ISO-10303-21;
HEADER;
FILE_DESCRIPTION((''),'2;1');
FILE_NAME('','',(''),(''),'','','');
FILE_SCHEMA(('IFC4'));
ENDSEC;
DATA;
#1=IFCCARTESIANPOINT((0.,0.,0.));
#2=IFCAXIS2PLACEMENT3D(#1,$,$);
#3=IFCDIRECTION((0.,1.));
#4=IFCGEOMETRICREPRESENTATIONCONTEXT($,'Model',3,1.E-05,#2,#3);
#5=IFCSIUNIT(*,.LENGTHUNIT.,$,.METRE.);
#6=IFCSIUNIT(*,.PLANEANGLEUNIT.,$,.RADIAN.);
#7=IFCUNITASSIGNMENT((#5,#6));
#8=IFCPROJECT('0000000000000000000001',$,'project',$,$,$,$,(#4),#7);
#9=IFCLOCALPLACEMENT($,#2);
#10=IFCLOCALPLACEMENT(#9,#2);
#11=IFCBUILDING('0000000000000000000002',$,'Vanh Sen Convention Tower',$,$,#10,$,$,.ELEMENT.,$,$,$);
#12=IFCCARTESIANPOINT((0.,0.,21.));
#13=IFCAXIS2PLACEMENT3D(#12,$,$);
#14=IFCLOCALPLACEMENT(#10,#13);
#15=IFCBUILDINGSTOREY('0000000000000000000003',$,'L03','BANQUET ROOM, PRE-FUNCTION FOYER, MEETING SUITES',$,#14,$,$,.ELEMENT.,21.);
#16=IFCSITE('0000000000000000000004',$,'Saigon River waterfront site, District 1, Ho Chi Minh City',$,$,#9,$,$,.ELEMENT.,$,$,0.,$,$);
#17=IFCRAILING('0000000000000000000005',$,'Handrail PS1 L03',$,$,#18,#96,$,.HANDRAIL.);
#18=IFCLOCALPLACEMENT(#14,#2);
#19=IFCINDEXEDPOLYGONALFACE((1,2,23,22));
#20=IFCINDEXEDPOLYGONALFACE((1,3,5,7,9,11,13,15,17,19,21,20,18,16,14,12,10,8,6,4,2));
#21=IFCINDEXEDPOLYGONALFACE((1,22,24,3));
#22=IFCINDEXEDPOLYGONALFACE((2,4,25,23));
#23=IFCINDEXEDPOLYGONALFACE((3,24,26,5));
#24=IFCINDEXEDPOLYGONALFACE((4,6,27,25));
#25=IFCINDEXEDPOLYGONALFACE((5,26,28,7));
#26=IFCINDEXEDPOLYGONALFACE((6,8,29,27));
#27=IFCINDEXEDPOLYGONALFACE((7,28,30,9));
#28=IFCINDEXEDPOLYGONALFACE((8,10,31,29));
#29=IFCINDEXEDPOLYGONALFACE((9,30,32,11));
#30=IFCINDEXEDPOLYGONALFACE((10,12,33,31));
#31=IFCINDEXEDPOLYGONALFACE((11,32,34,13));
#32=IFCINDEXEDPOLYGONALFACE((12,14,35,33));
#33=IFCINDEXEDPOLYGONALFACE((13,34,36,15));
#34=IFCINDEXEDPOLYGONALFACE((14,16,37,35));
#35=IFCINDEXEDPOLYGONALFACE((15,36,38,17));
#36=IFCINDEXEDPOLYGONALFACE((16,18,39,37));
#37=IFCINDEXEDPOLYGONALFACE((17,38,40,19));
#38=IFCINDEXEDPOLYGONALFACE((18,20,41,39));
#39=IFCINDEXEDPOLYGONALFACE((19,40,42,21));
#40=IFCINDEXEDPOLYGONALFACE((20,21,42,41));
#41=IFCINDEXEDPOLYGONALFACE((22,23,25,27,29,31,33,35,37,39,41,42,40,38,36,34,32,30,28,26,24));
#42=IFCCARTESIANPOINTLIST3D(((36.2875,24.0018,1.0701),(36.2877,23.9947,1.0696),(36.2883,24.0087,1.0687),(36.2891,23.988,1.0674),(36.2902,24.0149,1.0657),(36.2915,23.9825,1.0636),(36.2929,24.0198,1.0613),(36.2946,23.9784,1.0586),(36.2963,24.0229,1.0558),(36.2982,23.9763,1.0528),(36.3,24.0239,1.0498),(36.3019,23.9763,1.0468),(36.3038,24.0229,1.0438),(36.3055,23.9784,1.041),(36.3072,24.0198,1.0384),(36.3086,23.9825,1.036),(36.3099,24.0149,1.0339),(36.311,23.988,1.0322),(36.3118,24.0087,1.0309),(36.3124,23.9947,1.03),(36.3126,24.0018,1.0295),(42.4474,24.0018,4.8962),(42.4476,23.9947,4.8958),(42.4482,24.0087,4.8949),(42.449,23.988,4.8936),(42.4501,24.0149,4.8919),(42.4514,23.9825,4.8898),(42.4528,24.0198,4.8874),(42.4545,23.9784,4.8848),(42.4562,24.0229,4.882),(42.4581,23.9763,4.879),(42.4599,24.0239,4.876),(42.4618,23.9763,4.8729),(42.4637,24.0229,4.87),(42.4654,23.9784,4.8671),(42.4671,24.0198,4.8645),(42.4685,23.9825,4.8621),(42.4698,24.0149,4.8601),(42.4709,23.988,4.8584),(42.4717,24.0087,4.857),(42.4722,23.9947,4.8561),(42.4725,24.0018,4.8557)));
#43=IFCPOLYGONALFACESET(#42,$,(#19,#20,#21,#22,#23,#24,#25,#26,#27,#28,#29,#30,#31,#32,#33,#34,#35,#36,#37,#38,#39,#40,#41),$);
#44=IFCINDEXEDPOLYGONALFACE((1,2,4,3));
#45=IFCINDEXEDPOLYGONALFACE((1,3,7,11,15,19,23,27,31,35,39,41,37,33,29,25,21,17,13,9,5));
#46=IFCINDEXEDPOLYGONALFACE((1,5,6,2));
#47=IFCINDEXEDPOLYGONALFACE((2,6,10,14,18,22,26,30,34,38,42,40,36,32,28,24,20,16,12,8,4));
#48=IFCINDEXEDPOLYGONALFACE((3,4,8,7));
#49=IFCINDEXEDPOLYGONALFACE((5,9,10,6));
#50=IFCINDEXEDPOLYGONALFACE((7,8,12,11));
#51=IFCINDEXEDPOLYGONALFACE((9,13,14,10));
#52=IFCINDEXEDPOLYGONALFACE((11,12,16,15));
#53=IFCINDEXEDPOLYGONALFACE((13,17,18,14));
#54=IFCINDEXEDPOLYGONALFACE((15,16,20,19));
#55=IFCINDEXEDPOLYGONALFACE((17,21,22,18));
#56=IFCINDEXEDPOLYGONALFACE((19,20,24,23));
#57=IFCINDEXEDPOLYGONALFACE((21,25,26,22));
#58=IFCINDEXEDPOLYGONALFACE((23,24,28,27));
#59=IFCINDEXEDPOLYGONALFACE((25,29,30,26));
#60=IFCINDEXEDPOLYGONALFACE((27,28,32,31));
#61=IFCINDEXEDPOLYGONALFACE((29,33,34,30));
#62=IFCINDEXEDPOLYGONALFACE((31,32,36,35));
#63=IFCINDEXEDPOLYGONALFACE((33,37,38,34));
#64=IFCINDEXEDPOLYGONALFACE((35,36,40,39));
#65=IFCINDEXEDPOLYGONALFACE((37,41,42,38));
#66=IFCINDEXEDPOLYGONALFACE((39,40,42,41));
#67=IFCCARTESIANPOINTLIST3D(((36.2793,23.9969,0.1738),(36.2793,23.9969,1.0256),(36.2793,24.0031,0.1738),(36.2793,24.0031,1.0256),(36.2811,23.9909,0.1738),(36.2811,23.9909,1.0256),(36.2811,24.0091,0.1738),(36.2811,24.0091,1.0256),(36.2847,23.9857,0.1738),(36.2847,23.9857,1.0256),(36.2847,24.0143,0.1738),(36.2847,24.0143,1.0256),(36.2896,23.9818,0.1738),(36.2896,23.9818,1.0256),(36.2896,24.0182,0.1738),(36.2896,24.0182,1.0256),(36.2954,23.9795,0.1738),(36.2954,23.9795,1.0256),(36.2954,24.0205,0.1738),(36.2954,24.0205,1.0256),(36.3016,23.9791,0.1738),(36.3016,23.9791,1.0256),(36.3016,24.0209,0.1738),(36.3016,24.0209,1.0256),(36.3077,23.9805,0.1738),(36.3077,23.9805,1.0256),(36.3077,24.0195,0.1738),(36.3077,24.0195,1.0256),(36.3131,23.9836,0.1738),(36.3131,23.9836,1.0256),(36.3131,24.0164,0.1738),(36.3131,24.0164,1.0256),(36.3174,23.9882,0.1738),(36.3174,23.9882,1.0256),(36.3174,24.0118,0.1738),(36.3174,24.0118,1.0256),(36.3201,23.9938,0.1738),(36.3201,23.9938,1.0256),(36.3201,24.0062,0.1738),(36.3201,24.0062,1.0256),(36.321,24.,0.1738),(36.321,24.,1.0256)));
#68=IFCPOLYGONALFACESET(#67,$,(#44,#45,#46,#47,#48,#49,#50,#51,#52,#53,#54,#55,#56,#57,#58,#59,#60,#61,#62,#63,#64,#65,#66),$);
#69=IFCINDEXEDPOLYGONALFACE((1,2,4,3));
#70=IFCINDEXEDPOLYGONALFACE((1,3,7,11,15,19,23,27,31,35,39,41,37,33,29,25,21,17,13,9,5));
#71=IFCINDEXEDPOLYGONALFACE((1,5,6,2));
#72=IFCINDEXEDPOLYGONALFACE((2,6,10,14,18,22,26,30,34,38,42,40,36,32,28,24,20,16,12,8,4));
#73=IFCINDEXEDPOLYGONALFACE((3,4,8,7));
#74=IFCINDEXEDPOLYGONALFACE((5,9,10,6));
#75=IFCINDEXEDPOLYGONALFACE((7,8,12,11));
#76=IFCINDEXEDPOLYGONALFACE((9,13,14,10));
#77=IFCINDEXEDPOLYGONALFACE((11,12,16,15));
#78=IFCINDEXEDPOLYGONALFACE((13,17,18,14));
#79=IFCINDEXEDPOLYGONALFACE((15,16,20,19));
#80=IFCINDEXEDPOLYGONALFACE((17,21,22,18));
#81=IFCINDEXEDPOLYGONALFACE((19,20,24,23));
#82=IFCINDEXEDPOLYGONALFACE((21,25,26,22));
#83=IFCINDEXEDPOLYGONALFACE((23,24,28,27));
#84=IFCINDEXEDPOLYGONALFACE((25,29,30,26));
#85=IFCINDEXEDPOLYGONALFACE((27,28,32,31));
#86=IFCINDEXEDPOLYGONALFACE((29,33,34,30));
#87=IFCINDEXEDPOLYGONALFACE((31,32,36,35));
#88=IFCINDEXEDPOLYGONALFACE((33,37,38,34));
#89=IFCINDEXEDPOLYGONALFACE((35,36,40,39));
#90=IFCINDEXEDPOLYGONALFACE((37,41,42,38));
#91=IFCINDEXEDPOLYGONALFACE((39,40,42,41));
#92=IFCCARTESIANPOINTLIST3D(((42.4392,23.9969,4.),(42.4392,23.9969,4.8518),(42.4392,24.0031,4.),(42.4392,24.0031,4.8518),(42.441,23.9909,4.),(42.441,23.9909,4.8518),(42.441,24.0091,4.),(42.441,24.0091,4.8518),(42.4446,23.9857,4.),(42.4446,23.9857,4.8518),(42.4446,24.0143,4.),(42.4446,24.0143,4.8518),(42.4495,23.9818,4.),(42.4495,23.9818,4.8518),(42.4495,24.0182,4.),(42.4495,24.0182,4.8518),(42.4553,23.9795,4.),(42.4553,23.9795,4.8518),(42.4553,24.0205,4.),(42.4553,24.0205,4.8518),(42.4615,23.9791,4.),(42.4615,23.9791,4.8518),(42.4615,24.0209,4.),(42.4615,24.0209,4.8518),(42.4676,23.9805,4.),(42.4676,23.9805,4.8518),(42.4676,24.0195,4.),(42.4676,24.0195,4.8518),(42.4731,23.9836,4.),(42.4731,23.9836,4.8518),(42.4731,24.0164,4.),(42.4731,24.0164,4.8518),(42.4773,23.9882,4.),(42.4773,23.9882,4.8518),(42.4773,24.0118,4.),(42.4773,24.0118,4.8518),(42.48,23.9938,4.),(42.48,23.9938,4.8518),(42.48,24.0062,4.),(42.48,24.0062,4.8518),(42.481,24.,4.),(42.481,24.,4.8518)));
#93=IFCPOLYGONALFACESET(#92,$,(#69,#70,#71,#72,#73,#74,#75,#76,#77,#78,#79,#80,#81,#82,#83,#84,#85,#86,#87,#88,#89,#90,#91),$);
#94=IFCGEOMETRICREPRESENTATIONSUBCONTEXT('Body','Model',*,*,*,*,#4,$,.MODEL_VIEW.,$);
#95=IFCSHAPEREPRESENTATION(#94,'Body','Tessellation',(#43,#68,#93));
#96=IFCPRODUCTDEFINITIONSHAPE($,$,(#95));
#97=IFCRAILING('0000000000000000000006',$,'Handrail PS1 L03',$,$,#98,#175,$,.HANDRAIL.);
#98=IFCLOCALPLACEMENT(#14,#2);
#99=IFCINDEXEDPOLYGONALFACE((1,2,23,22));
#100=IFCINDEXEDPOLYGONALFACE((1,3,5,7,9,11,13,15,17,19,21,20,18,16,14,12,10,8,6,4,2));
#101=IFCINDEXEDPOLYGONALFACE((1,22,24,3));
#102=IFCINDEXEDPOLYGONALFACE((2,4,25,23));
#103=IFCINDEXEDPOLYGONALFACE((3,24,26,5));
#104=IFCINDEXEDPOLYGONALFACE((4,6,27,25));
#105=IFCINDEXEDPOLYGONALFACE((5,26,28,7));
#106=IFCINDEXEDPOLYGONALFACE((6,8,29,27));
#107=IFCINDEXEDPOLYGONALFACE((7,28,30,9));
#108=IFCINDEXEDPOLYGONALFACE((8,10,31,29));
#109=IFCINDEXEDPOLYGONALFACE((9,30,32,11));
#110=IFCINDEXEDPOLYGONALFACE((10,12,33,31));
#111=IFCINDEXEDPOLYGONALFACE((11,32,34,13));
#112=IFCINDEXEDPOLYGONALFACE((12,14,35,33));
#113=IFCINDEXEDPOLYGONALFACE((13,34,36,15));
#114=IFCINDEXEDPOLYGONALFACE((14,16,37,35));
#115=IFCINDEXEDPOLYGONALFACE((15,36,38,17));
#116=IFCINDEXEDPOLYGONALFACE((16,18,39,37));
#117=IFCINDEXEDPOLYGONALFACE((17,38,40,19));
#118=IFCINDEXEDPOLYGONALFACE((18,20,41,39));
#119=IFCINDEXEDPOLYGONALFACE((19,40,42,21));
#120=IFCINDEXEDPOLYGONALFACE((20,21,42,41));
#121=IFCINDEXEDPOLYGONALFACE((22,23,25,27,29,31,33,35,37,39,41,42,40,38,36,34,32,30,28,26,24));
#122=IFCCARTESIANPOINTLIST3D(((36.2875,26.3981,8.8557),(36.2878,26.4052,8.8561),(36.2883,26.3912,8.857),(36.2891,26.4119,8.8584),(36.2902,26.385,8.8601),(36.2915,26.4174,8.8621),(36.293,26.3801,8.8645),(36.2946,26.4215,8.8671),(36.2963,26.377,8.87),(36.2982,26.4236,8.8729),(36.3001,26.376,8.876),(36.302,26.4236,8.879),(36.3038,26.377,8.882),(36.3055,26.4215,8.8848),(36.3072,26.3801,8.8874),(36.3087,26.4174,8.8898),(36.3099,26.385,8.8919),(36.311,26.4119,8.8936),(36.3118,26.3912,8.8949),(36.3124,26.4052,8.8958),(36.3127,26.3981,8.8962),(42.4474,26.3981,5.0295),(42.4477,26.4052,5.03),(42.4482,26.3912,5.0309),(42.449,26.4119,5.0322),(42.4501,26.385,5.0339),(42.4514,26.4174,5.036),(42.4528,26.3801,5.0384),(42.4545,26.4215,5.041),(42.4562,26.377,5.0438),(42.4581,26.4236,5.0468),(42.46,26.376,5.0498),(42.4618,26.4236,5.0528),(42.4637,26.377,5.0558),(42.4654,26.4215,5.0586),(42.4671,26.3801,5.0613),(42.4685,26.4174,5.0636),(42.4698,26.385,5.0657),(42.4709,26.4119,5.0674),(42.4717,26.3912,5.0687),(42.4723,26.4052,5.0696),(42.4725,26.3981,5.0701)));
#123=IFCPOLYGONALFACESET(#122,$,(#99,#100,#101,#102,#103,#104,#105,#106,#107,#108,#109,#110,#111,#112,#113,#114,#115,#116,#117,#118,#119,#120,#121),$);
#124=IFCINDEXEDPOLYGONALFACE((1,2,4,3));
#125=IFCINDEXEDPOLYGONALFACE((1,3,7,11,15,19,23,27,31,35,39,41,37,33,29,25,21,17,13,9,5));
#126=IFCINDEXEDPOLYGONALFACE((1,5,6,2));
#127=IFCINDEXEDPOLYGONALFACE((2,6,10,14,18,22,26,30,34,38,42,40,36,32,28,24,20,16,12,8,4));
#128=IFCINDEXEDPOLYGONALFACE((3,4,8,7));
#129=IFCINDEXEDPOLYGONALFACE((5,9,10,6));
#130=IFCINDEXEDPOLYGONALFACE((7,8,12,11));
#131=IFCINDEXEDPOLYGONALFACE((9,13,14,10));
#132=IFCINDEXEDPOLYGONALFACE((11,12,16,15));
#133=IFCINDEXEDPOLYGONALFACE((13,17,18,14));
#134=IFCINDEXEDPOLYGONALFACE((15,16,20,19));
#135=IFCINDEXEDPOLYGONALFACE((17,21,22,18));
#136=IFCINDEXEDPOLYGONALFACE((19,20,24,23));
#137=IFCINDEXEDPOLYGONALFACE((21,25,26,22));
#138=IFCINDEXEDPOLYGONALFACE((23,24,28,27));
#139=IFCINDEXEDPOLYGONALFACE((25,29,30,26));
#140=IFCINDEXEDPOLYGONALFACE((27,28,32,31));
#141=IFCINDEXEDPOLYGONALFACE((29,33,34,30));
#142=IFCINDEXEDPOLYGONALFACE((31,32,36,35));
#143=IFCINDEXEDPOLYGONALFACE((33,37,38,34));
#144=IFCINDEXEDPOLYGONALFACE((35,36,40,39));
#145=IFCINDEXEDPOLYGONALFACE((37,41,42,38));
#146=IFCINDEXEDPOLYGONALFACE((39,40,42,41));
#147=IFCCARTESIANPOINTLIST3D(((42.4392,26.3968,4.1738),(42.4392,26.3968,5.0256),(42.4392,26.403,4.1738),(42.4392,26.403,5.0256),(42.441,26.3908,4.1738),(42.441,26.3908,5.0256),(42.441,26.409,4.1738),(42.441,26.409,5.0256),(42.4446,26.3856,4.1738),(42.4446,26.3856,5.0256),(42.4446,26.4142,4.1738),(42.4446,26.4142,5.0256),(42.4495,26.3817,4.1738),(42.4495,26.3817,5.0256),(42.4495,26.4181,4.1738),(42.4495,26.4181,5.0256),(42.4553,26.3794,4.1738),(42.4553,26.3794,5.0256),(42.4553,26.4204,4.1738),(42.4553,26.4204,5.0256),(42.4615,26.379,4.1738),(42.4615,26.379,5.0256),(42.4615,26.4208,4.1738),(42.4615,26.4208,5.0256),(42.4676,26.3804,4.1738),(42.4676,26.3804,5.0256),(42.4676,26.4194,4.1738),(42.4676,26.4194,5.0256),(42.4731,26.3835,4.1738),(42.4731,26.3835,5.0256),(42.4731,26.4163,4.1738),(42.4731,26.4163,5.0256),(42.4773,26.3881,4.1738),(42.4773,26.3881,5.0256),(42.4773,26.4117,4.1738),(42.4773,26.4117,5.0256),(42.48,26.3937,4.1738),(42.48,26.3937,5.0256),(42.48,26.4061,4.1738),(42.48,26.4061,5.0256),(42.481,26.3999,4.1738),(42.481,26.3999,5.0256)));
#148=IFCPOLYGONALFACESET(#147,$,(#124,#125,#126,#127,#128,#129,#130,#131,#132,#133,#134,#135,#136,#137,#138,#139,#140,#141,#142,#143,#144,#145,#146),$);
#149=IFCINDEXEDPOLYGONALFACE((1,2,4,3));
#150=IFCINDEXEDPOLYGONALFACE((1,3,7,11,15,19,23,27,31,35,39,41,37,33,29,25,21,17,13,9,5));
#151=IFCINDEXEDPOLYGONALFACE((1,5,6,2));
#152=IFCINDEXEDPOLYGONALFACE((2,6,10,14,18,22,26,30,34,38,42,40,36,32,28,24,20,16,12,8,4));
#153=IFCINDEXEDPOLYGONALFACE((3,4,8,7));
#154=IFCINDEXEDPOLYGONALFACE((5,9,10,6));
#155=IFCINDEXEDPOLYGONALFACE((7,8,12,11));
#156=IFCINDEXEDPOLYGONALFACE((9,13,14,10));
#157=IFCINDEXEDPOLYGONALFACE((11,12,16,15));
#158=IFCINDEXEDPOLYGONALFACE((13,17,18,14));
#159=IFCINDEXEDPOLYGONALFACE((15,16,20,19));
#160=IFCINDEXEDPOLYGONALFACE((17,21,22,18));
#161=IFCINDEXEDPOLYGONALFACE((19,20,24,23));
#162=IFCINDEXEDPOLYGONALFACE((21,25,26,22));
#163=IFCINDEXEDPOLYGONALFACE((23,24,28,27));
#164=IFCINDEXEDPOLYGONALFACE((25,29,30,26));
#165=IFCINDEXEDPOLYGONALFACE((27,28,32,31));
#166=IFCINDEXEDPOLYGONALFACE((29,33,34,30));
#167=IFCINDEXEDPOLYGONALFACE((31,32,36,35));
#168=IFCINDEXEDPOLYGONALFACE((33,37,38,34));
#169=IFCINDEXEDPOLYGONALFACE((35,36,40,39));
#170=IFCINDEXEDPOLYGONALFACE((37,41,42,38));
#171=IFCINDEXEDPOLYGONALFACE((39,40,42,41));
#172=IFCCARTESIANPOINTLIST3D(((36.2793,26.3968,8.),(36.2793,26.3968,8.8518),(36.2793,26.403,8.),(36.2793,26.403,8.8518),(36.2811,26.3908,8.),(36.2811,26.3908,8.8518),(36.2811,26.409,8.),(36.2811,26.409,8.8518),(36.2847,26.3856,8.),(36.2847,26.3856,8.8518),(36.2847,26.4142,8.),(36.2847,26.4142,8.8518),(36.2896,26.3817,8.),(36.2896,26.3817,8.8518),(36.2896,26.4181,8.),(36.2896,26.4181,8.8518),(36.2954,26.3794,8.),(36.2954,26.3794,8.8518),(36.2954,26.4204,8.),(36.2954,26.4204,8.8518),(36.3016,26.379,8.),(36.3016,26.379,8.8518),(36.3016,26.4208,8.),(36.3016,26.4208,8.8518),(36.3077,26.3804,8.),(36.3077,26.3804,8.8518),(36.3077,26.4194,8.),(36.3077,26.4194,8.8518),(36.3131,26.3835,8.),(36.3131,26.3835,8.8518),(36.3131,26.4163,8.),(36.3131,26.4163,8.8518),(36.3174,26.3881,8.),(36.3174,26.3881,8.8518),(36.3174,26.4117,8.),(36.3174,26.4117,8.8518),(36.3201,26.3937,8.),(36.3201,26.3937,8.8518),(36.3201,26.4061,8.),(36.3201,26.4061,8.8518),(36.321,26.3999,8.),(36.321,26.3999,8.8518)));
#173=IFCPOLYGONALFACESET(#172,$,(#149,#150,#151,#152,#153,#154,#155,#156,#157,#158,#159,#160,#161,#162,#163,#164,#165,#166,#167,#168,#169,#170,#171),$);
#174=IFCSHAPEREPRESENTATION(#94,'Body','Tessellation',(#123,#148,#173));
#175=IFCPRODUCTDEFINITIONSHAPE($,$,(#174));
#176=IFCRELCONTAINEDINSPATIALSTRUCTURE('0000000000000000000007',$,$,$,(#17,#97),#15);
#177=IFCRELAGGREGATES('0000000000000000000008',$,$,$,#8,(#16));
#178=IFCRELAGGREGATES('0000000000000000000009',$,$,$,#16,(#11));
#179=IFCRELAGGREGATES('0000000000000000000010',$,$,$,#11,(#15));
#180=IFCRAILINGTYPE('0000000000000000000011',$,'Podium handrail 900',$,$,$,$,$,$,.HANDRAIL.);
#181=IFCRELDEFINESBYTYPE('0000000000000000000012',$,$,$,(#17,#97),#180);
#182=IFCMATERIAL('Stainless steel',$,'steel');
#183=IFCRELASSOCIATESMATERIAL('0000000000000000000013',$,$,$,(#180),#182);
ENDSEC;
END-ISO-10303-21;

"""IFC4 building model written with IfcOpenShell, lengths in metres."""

from ifc_helpers import new_model, si_unit, direction, frame, origin, origin_2d, place, context, subcontext, project, spatial, circle, extrude, material, type_object, element, save


model = new_model("IFC4")

# Units and contexts
model_context = context("Model", 3, precision=1e-05, world=origin(), true_north=direction((0.0, 1.0)))
body_context = subcontext(model_context, "Body", "Model", "MODEL_VIEW")
ifc_project = project(units=[si_unit("LENGTHUNIT", "METRE"), si_unit("PLANEANGLEUNIT", "RADIAN")], contexts=[model_context])

# Site, building, storey
site_placement = place(None, origin())
site = spatial("IfcSite", under=ifc_project, at=site_placement, Name="Saigon River waterfront site, District 1, Ho Chi Minh City", CompositionType="ELEMENT", RefElevation=0.0)
building_placement = place(site_placement, origin())
building = spatial("IfcBuilding", under=site, at=building_placement, Name="Vanh Sen Convention Tower", CompositionType="ELEMENT")
storey_placement = place(building_placement, frame((0.0, 0.0, 21.0)))
storey = spatial("IfcBuildingStorey", under=building, at=storey_placement, Name="L03", Description="BANQUET ROOM, PRE-FUNCTION FOYER, MEETING SUITES", CompositionType="ELEMENT", Elevation=21.0)

# Railings
ifc_material_1 = material(Name="Stainless steel", Category="steel")
railing_type = type_object("IfcRailingType", Name="Podium handrail 900", PredefinedType="HANDRAIL", material=ifc_material_1)
for number, where, name in (
    (1, (36.3, 24.0, 0.1738), "Handrail PS1 L03"),
):
    element("IfcRailing", number, at=place(storey_placement, frame(where)), inside=storey, type_object=railing_type, Name=name, PredefinedType="HANDRAIL", context=body_context, shape_type="SweptSolid", body=[
        extrude(circle(Radius=0.0239, at=origin_2d()), frame((0.0, 0.0, 0.876), z_axis=(0.849468, 0.0, 0.527639), x_axis=(0.0, 1.0, 0.0)), (0.0, 0.0, 1.0), 7.2515),
        extrude(circle(Radius=0.021, at=origin_2d()), origin(), (0.0, 0.0, 1.0), 0.8518),
        extrude(circle(Radius=0.021, at=origin_2d()), frame((6.1599, 0.0, 3.8262)), (0.0, 0.0, 1.0), 0.8518),
    ])
for number, where, name in (
    (2, (42.46, 26.3999, 4.1738), "Handrail PS1 L03"),
):
    element("IfcRailing", number, at=place(storey_placement, frame(where)), inside=storey, type_object=railing_type, Name=name, PredefinedType="HANDRAIL", context=body_context, shape_type="SweptSolid", body=[
        extrude(circle(Radius=0.0239, at=origin_2d()), frame((0.0, 0.0, 0.876), z_axis=(-0.849468, 0.0, 0.527639), x_axis=(0.0, -1.0, 0.0)), (0.0, 0.0, 1.0), 7.2515),
        extrude(circle(Radius=0.021, at=origin_2d()), origin(), (0.0, 0.0, 1.0), 0.8518),
        extrude(circle(Radius=0.021, at=origin_2d()), frame((-6.1599, 0.0, 3.8262)), (0.0, 0.0, 1.0), 0.8518),
    ])

save(model, "model.ifc")
